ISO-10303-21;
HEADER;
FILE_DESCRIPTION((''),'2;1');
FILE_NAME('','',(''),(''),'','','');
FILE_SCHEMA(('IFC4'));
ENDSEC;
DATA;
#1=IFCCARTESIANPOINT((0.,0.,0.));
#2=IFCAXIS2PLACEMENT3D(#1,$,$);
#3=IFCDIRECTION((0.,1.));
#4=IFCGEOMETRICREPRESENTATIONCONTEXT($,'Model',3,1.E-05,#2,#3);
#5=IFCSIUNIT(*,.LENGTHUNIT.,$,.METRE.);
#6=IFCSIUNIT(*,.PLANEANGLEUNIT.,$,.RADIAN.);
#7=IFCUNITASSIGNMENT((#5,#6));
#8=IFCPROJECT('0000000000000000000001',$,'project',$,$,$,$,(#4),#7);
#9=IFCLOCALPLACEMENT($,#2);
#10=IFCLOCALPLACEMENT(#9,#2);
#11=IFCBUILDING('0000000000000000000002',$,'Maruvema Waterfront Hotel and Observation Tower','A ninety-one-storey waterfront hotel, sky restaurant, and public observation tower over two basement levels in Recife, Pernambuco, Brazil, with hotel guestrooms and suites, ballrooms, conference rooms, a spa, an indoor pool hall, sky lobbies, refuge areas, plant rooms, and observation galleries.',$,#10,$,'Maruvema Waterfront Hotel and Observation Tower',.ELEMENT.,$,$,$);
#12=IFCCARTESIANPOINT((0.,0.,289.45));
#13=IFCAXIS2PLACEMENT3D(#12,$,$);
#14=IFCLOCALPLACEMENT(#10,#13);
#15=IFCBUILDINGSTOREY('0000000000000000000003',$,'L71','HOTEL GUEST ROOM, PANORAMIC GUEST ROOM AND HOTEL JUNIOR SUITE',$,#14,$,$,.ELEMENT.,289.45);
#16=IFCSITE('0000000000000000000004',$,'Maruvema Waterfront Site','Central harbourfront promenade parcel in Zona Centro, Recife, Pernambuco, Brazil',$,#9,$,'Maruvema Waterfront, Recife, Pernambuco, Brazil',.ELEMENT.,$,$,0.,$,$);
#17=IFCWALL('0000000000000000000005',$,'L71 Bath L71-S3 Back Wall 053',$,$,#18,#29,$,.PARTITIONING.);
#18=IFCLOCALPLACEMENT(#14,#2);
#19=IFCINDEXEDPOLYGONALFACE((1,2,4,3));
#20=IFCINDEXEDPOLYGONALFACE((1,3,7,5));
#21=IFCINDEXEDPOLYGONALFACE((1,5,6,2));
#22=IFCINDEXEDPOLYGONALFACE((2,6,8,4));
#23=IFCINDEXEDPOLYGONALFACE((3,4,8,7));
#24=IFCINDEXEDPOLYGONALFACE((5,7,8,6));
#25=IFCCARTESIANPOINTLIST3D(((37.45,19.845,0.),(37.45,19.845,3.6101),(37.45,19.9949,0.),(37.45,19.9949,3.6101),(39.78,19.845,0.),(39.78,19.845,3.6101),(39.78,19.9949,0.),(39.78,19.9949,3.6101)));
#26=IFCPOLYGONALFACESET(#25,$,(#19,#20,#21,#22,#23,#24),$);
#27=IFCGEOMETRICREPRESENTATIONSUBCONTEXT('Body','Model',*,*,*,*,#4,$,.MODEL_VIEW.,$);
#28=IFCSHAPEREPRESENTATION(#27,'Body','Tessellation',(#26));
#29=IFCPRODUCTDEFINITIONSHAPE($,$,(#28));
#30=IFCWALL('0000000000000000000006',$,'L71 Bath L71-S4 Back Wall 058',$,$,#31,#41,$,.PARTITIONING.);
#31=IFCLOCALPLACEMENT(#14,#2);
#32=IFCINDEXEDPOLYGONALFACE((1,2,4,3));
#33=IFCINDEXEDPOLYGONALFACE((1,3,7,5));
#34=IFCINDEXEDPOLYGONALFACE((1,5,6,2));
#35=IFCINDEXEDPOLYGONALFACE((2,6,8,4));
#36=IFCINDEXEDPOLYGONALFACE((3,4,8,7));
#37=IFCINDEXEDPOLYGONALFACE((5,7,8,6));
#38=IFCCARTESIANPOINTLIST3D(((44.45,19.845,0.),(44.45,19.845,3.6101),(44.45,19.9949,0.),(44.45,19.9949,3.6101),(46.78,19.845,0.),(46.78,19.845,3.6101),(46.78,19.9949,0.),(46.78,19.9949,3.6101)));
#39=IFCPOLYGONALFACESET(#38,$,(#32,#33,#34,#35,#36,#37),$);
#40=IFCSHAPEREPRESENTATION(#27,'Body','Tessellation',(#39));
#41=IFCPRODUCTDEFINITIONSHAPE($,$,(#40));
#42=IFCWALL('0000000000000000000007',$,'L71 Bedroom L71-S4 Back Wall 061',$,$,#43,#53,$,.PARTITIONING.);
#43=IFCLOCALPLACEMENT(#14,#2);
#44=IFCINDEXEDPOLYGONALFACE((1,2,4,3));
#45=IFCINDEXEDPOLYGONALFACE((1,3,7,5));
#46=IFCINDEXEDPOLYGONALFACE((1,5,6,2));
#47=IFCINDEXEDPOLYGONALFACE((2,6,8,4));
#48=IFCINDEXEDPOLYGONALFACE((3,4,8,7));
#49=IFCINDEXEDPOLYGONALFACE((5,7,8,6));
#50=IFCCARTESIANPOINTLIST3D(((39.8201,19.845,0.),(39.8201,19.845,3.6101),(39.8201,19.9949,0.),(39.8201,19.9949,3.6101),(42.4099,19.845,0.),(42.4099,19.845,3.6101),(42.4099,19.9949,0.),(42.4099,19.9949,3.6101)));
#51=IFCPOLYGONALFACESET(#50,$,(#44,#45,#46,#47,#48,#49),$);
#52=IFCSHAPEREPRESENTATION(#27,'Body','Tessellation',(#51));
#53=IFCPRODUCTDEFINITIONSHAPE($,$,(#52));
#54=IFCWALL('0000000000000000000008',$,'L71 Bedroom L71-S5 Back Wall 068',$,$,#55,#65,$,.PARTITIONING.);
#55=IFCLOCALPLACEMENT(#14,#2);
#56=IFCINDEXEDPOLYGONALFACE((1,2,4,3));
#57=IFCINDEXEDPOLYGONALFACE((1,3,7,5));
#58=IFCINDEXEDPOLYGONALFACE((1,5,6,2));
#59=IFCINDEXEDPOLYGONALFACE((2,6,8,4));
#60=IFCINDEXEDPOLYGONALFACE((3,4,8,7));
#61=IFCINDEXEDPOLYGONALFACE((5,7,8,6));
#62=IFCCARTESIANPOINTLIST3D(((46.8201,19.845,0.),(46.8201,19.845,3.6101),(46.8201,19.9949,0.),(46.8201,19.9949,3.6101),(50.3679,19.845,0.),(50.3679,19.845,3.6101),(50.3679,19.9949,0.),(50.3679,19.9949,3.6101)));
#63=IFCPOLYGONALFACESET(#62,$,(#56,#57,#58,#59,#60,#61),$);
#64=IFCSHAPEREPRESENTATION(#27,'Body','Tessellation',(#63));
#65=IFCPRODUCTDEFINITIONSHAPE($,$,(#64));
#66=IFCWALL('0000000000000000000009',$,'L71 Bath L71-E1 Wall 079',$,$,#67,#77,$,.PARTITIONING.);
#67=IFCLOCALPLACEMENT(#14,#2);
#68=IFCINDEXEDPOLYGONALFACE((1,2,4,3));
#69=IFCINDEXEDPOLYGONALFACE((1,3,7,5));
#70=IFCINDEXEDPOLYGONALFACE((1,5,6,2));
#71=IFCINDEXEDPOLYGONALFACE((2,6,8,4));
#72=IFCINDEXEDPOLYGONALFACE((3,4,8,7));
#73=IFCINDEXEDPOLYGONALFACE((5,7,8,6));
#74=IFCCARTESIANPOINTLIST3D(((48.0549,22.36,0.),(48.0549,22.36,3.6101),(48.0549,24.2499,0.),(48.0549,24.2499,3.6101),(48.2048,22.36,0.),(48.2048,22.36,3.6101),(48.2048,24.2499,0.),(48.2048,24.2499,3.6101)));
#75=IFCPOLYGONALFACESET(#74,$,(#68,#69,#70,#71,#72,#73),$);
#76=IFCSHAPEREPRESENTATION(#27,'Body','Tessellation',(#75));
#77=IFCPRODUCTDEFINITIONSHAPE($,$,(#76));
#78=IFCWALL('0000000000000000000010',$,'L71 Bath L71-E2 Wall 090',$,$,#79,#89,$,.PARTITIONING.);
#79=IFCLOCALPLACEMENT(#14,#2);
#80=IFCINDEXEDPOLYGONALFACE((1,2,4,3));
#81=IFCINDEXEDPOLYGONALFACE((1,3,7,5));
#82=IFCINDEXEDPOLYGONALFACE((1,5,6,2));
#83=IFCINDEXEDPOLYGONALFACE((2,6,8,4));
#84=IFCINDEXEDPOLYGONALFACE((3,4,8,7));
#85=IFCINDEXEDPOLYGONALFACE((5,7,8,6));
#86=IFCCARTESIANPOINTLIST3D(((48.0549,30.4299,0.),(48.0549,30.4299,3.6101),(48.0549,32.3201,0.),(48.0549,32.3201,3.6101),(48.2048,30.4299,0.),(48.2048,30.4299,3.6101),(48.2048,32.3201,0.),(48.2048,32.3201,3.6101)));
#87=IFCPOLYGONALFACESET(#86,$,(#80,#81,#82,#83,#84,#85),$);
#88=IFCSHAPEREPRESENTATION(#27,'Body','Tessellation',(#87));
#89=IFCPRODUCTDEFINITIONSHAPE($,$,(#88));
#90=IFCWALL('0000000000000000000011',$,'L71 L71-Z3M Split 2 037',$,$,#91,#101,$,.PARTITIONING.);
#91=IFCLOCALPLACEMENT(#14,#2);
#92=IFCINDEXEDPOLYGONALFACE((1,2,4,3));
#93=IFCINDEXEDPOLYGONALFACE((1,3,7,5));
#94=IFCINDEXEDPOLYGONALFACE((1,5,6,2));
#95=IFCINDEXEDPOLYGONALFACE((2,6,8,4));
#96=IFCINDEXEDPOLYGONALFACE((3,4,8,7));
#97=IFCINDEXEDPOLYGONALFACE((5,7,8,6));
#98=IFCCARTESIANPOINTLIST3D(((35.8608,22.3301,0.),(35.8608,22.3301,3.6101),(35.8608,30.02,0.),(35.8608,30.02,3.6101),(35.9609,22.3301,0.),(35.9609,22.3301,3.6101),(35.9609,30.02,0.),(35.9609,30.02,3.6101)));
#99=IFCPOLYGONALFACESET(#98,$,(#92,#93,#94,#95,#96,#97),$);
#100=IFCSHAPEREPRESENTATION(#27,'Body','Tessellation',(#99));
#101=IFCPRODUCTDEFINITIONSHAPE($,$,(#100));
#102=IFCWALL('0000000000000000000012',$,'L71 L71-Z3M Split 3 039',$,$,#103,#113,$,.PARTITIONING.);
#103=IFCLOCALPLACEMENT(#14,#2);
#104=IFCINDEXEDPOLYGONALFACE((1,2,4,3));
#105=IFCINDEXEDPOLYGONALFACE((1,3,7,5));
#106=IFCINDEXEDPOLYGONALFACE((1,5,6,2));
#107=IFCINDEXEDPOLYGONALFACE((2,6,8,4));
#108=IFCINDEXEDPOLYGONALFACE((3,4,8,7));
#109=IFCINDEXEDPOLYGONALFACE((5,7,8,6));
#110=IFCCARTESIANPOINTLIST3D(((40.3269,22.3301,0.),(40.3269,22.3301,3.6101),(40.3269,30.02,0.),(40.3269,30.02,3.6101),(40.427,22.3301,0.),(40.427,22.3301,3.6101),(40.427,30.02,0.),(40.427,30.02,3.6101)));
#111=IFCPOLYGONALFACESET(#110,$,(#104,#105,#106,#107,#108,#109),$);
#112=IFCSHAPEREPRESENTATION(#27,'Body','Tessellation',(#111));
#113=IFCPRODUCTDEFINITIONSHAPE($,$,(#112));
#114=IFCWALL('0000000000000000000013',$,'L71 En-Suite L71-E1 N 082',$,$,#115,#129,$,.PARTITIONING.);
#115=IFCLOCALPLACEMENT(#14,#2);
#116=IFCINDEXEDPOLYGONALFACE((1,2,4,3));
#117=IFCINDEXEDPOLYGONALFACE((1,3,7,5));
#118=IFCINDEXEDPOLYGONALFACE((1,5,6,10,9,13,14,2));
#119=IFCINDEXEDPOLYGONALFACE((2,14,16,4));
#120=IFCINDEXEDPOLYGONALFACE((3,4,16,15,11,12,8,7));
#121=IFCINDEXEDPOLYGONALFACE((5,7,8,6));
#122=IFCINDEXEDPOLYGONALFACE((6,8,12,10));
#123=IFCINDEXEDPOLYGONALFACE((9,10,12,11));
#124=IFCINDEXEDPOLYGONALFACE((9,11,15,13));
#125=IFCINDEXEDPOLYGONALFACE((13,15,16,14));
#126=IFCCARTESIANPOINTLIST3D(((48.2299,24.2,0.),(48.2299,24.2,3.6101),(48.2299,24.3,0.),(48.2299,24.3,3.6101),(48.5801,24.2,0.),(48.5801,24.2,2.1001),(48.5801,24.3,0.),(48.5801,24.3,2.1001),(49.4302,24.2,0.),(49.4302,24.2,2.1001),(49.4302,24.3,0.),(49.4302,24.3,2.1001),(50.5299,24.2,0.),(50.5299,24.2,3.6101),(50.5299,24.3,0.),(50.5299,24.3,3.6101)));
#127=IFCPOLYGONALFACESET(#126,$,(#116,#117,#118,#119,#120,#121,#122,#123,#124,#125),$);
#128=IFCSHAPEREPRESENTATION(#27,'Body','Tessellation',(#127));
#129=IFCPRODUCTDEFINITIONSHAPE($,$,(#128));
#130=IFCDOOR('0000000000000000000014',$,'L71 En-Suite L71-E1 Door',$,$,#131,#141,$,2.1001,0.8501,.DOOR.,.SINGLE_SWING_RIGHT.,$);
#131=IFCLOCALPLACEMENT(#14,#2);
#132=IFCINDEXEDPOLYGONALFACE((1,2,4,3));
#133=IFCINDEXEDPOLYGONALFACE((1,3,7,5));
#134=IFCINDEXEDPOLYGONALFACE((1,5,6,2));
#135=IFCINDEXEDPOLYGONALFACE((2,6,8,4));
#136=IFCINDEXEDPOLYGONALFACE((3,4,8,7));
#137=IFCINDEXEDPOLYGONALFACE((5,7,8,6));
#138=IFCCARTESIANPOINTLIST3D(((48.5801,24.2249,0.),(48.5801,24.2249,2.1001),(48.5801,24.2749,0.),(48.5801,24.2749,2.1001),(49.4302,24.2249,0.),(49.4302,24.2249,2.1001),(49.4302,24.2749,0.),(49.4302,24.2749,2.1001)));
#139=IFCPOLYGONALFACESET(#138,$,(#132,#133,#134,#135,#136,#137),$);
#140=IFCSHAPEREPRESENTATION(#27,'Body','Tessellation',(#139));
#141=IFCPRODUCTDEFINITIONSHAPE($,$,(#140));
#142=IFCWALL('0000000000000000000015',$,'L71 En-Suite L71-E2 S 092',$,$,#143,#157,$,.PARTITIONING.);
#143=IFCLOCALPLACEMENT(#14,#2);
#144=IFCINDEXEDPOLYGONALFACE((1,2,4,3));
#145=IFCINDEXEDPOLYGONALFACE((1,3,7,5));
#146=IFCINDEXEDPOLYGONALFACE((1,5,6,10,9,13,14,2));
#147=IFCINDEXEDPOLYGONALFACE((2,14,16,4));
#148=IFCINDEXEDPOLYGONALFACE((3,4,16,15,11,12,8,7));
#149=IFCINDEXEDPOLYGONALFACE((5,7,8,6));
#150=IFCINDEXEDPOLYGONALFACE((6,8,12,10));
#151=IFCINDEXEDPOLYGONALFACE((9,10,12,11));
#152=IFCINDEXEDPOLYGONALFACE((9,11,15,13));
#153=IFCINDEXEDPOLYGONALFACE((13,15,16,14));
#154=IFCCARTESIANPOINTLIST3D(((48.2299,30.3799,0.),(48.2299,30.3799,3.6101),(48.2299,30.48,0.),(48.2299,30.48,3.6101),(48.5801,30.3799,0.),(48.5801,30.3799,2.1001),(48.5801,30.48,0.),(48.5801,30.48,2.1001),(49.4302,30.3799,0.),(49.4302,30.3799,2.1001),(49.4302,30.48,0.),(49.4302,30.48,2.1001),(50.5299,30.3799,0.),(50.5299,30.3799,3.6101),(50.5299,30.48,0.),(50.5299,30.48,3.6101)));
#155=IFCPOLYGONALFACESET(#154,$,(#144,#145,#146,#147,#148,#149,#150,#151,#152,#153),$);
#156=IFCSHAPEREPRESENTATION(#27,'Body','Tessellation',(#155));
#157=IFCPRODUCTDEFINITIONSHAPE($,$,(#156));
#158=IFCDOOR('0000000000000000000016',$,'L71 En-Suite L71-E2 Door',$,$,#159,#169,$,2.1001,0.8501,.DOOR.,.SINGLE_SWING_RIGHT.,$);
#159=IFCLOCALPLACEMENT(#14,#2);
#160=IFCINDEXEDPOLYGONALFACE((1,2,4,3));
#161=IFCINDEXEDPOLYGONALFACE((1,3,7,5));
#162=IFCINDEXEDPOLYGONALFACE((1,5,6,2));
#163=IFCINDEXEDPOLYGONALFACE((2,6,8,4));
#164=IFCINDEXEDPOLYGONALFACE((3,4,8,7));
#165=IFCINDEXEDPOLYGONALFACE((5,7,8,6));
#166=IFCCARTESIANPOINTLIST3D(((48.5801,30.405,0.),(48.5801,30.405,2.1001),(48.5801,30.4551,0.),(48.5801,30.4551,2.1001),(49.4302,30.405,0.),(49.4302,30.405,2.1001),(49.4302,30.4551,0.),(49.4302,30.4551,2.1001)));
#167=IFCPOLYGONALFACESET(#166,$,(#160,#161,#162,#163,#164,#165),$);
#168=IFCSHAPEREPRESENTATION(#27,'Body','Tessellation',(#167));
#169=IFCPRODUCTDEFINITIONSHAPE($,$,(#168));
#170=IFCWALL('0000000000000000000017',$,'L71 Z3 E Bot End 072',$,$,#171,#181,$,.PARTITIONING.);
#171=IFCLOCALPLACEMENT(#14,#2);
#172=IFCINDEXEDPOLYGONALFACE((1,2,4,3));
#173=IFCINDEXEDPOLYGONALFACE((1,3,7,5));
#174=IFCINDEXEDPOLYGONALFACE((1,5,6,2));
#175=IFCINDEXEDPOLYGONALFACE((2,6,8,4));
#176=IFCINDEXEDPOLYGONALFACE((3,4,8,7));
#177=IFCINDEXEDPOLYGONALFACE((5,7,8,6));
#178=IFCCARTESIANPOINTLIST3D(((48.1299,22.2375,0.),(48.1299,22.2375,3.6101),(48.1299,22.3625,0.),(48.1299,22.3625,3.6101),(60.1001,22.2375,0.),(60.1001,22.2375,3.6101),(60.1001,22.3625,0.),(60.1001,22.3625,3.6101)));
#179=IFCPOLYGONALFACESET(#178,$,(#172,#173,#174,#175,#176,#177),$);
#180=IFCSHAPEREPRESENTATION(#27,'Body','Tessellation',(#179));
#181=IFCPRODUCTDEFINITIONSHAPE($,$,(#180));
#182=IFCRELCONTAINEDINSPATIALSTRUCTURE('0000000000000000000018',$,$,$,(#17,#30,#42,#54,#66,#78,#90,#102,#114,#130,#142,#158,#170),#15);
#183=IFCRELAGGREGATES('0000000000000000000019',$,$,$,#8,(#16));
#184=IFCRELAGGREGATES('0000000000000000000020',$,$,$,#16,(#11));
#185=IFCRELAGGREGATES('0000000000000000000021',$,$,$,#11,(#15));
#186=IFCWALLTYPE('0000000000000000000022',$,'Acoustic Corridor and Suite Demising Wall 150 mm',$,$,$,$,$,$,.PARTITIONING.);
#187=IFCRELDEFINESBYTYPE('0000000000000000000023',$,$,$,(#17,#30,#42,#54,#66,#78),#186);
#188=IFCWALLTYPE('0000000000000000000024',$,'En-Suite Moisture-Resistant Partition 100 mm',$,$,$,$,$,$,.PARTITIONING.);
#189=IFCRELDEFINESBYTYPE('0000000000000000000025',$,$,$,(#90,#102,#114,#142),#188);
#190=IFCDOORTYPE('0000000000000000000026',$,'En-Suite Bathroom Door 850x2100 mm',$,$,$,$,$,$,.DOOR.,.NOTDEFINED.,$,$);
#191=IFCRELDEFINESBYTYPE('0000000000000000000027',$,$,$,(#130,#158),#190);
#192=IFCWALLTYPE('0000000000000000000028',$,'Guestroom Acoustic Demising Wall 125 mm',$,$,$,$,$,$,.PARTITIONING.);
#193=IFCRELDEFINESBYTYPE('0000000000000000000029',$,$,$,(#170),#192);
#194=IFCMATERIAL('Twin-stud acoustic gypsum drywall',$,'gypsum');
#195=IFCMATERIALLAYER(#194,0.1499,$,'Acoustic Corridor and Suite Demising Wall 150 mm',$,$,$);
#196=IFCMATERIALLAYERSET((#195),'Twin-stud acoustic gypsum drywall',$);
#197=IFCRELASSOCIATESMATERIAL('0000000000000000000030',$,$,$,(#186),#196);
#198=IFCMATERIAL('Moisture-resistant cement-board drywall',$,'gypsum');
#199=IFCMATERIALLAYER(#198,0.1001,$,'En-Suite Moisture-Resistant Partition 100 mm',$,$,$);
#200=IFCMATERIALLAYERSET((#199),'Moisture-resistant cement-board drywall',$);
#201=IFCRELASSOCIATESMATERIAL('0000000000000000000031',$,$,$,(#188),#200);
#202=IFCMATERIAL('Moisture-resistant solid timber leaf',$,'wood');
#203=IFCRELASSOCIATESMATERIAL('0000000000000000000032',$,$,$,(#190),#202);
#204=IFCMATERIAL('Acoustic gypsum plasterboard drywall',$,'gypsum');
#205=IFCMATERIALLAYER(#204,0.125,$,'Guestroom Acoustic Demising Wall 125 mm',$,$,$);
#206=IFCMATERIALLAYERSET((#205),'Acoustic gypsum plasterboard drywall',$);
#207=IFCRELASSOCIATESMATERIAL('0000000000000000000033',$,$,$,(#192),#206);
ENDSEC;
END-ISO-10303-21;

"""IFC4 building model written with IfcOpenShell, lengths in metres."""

from ifc_helpers import new_model, si_unit, direction, frame, frame_2d, origin, place, context, subcontext, project, spatial, rectangle, extrude, material, layer, layer_set, type_object, element, fill, save


model = new_model("IFC4")

# Units and contexts
model_context = context("Model", 3, precision=1e-05, world=origin(), true_north=direction((0.0, 1.0)))
body_context = subcontext(model_context, "Body", "Model", "MODEL_VIEW")
ifc_project = project(units=[si_unit("LENGTHUNIT", "METRE"), si_unit("PLANEANGLEUNIT", "RADIAN")], contexts=[model_context])

# Site, building, storey
site_placement = place(None, origin())
site = spatial("IfcSite", under=ifc_project, at=site_placement, Name="Maruvema Waterfront Site", Description="Central harbourfront promenade parcel in Zona Centro, Recife, Pernambuco, Brazil", LongName="Maruvema Waterfront, Recife, Pernambuco, Brazil", CompositionType="ELEMENT", RefElevation=0.0)
building_placement = place(site_placement, origin())
building = spatial("IfcBuilding", under=site, at=building_placement, Name="Maruvema Waterfront Hotel and Observation Tower", Description="A ninety-one-storey waterfront hotel, sky restaurant, and public observation tower over two basement levels in Recife, Pernambuco, Brazil, with hotel guestrooms and suites, ballrooms, conference rooms, a spa, an indoor pool hall, sky lobbies, refuge areas, plant rooms, and observation galleries.", LongName="Maruvema Waterfront Hotel and Observation Tower", CompositionType="ELEMENT")
storey_placement = place(building_placement, frame((0.0, 0.0, 289.45)))
storey = spatial("IfcBuildingStorey", under=building, at=storey_placement, Name="L71", Description="HOTEL GUEST ROOM, PANORAMIC GUEST ROOM AND HOTEL JUNIOR SUITE", CompositionType="ELEMENT", Elevation=289.45)

# Shared definitions
ifc_material_1 = material(Name="Twin-stud acoustic gypsum drywall", Category="gypsum")
ifc_layer_1 = layer(ifc_material_1, 0.1499, Name="Acoustic Corridor and Suite Demising Wall 150 mm")
ifc_layer_set_1 = layer_set([ifc_layer_1], Name="Twin-stud acoustic gypsum drywall")
wall_type_1 = type_object("IfcWallType", Name="Acoustic Corridor and Suite Demising Wall 150 mm", PredefinedType="PARTITIONING", material=ifc_layer_set_1)

# Walls
for number, where, z_axis, x_axis, name in (
    (1, (37.45, 19.9199, 0.0), (0.0, 0.0, 1.0), (1.0, 0.0, 0.0), "L71 Bath L71-S3 Back Wall 053"),
    (2, (44.45, 19.9199, 0.0), (0.0, 0.0, 1.0), (1.0, 0.0, 0.0), "L71 Bath L71-S4 Back Wall 058"),
):
    element("IfcWall", number, at=place(storey_placement, frame(where, z_axis=z_axis, x_axis=x_axis)), inside=storey, type_object=wall_type_1, Name=name, PredefinedType="PARTITIONING", context=body_context, shape_type="SweptSolid", body=[
        extrude(rectangle(XDim=2.3301, YDim=0.1499, at=frame_2d((1.165, 0.0))), origin(), (0.0, 0.0, 1.0), 3.6101),
    ])
wall_1_placement = place(storey_placement, frame((39.8201, 19.9199, 0.0), z_axis=(0.0, 0.0, 1.0), x_axis=(1.0, 0.0, 0.0)))
element("IfcWall", 3, at=wall_1_placement, inside=storey, type_object=wall_type_1, Name="L71 Bedroom L71-S4 Back Wall 061", PredefinedType="PARTITIONING", context=body_context, shape_type="SweptSolid", body=[
    extrude(rectangle(XDim=2.5898, YDim=0.1499, at=frame_2d((1.2949, 0.0))), origin(), (0.0, 0.0, 1.0), 3.6101),
])

# Walls
wall_2_placement = place(storey_placement, frame((46.8201, 19.9199, 0.0), z_axis=(0.0, 0.0, 1.0), x_axis=(1.0, 0.0, 0.0)))
element("IfcWall", 4, at=wall_2_placement, inside=storey, type_object=wall_type_1, Name="L71 Bedroom L71-S5 Back Wall 068", PredefinedType="PARTITIONING", context=body_context, shape_type="SweptSolid", body=[
    extrude(rectangle(XDim=3.5479, YDim=0.1499, at=frame_2d((1.7739, 0.0))), origin(), (0.0, 0.0, 1.0), 3.6101),
])
wall_3_placement = place(storey_placement, frame((48.1299, 22.3601, 0.0), z_axis=(0.0, 0.0, 1.0), x_axis=(0.0, 1.0, 0.0)))
element("IfcWall", 5, at=wall_3_placement, inside=storey, type_object=wall_type_1, Name="L71 Bath L71-E1 Wall 079", PredefinedType="PARTITIONING", context=body_context, shape_type="SweptSolid", body=[
    extrude(rectangle(XDim=1.8899, YDim=0.1499, at=frame_2d((0.9448, 0.0))), origin(), (0.0, 0.0, 1.0), 3.6101),
])

# Walls
wall_4_placement = place(storey_placement, frame((48.1299, 30.4299, 0.0), z_axis=(0.0, 0.0, 1.0), x_axis=(0.0, 1.0, 0.0)))
element("IfcWall", 6, at=wall_4_placement, inside=storey, type_object=wall_type_1, Name="L71 Bath L71-E2 Wall 090", PredefinedType="PARTITIONING", context=body_context, shape_type="SweptSolid", body=[
    extrude(rectangle(XDim=1.8901, YDim=0.1499, at=frame_2d((0.9451, 0.0))), origin(), (0.0, 0.0, 1.0), 3.6101),
])
ifc_material_2 = material(Name="Moisture-resistant cement-board drywall", Category="gypsum")
ifc_layer_2 = layer(ifc_material_2, 0.1001, Name="En-Suite Moisture-Resistant Partition 100 mm")
ifc_layer_set_2 = layer_set([ifc_layer_2], Name="Moisture-resistant cement-board drywall")
wall_type_2 = type_object("IfcWallType", Name="En-Suite Moisture-Resistant Partition 100 mm", PredefinedType="PARTITIONING", material=ifc_layer_set_2)
for number, where, z_axis, x_axis, name in (
    (7, (35.9109, 22.3301, 0.0), (0.0, 0.0, 1.0), (0.0, 1.0, 0.0), "L71 L71-Z3M Split 2 037"),
    (8, (40.377, 22.3301, 0.0), (0.0, 0.0, 1.0), (0.0, 1.0, 0.0), "L71 L71-Z3M Split 3 039"),
):
    element("IfcWall", number, at=place(storey_placement, frame(where, z_axis=z_axis, x_axis=x_axis)), inside=storey, type_object=wall_type_2, Name=name, PredefinedType="PARTITIONING", context=body_context, shape_type="SweptSolid", body=[
        extrude(rectangle(XDim=7.6899, YDim=0.1001, at=frame_2d((3.845, 0.0))), origin(), (0.0, 0.0, 1.0), 3.6101),
    ])

# Walls, openings, doors
wall_5_placement = place(storey_placement, frame((48.23, 24.25, 0.0), z_axis=(0.0, 0.0, 1.0), x_axis=(1.0, 0.0, 0.0)))
wall_5 = element("IfcWall", 9, at=wall_5_placement, inside=storey, type_object=wall_type_2, Name="L71 En-Suite L71-E1 N 082", PredefinedType="PARTITIONING", context=body_context, shape_type="SweptSolid", body=[
    extrude(rectangle(XDim=2.3, YDim=0.1001, at=frame_2d((1.1499, 0.0))), origin(), (0.0, 0.0, 1.0), 3.6101),
])
opening_1_placement = place(wall_5_placement, frame((0.3501, 0.0, 0.0)))
opening_1 = element("IfcOpeningElement", 10, at=opening_1_placement, cuts=wall_5, PredefinedType="OPENING", context=body_context, shape_type="SweptSolid", body=[
    extrude(rectangle(XDim=0.8501, YDim=2.1001, at=frame_2d((0.425, 1.05))), frame((0.0, 0.0601, 0.0), z_axis=(0.0, -1.0, 0.0), x_axis=(1.0, 0.0, 0.0)), (0.0, 0.0, 1.0), 0.1201),
])
ifc_material_3 = material(Name="Moisture-resistant solid timber leaf", Category="wood")
door_type_1 = type_object("IfcDoorType", Name="En-Suite Bathroom Door 850x2100 mm", OperationType="NOTDEFINED", PredefinedType="DOOR", material=ifc_material_3)
door_1_placement = place(opening_1_placement, origin())
door_1 = element("IfcDoor", 11, at=door_1_placement, inside=storey, type_object=door_type_1, Name="L71 En-Suite L71-E1 Door", OperationType="SINGLE_SWING_RIGHT", OverallHeight=2.1001, OverallWidth=0.8501, PredefinedType="DOOR", context=body_context, shape_type="SweptSolid", body=[
    extrude(rectangle(XDim=0.8501, YDim=2.1001, at=frame_2d((0.425, 1.05))), frame((0.0, 0.0249, 0.0), z_axis=(0.0, -1.0, 0.0), x_axis=(1.0, 0.0, 0.0)), (0.0, 0.0, 1.0), 0.05),
])
fill(opening_1, door_1)
wall_6_placement = place(storey_placement, frame((48.23, 30.4299, 0.0), z_axis=(0.0, 0.0, 1.0), x_axis=(1.0, 0.0, 0.0)))
wall_6 = element("IfcWall", 12, at=wall_6_placement, inside=storey, type_object=wall_type_2, Name="L71 En-Suite L71-E2 S 092", PredefinedType="PARTITIONING", context=body_context, shape_type="SweptSolid", body=[
    extrude(rectangle(XDim=2.3, YDim=0.1001, at=frame_2d((1.1499, 0.0))), origin(), (0.0, 0.0, 1.0), 3.6101),
])
opening_2_placement = place(wall_6_placement, frame((0.3501, 0.0, 0.0)))
opening_2 = element("IfcOpeningElement", 13, at=opening_2_placement, cuts=wall_6, PredefinedType="OPENING", context=body_context, shape_type="SweptSolid", body=[
    extrude(rectangle(XDim=0.8501, YDim=2.1001, at=frame_2d((0.425, 1.05))), frame((0.0, 0.0601, 0.0), z_axis=(0.0, -1.0, 0.0), x_axis=(1.0, 0.0, 0.0)), (0.0, 0.0, 1.0), 0.1201),
])
door_2_placement = place(opening_2_placement, frame((0.8501, 0.0, 0.0), z_axis=(0.0, 0.0, 1.0), x_axis=(-1.0, 0.0, 0.0)))
door_2 = element("IfcDoor", 14, at=door_2_placement, inside=storey, type_object=door_type_1, Name="L71 En-Suite L71-E2 Door", OperationType="SINGLE_SWING_RIGHT", OverallHeight=2.1001, OverallWidth=0.8501, PredefinedType="DOOR", context=body_context, shape_type="SweptSolid", body=[
    extrude(rectangle(XDim=0.8501, YDim=2.1001, at=frame_2d((0.425, 1.05))), frame((0.0, 0.0249, 0.0), z_axis=(0.0, -1.0, 0.0), x_axis=(1.0, 0.0, 0.0)), (0.0, 0.0, 1.0), 0.05),
])
fill(opening_2, door_2)

# Wall
ifc_material_4 = material(Name="Acoustic gypsum plasterboard drywall", Category="gypsum")
ifc_layer_3 = layer(ifc_material_4, 0.125, Name="Guestroom Acoustic Demising Wall 125 mm")
ifc_layer_set_3 = layer_set([ifc_layer_3], Name="Acoustic gypsum plasterboard drywall")
wall_type_3 = type_object("IfcWallType", Name="Guestroom Acoustic Demising Wall 125 mm", PredefinedType="PARTITIONING", material=ifc_layer_set_3)
for number, where, z_axis, x_axis, name in (
    (15, (48.1299, 22.3, 0.0), (0.0, 0.0, 1.0), (1.0, 0.0, 0.0), "L71 Z3 E Bot End 072"),
):
    element("IfcWall", number, at=place(storey_placement, frame(where, z_axis=z_axis, x_axis=x_axis)), inside=storey, type_object=wall_type_3, Name=name, PredefinedType="PARTITIONING", context=body_context, shape_type="SweptSolid", body=[
        extrude(rectangle(XDim=11.9702, YDim=0.125, at=frame_2d((5.9851, 0.0))), origin(), (0.0, 0.0, 1.0), 3.6101),
    ])

save(model, "model.ifc")
